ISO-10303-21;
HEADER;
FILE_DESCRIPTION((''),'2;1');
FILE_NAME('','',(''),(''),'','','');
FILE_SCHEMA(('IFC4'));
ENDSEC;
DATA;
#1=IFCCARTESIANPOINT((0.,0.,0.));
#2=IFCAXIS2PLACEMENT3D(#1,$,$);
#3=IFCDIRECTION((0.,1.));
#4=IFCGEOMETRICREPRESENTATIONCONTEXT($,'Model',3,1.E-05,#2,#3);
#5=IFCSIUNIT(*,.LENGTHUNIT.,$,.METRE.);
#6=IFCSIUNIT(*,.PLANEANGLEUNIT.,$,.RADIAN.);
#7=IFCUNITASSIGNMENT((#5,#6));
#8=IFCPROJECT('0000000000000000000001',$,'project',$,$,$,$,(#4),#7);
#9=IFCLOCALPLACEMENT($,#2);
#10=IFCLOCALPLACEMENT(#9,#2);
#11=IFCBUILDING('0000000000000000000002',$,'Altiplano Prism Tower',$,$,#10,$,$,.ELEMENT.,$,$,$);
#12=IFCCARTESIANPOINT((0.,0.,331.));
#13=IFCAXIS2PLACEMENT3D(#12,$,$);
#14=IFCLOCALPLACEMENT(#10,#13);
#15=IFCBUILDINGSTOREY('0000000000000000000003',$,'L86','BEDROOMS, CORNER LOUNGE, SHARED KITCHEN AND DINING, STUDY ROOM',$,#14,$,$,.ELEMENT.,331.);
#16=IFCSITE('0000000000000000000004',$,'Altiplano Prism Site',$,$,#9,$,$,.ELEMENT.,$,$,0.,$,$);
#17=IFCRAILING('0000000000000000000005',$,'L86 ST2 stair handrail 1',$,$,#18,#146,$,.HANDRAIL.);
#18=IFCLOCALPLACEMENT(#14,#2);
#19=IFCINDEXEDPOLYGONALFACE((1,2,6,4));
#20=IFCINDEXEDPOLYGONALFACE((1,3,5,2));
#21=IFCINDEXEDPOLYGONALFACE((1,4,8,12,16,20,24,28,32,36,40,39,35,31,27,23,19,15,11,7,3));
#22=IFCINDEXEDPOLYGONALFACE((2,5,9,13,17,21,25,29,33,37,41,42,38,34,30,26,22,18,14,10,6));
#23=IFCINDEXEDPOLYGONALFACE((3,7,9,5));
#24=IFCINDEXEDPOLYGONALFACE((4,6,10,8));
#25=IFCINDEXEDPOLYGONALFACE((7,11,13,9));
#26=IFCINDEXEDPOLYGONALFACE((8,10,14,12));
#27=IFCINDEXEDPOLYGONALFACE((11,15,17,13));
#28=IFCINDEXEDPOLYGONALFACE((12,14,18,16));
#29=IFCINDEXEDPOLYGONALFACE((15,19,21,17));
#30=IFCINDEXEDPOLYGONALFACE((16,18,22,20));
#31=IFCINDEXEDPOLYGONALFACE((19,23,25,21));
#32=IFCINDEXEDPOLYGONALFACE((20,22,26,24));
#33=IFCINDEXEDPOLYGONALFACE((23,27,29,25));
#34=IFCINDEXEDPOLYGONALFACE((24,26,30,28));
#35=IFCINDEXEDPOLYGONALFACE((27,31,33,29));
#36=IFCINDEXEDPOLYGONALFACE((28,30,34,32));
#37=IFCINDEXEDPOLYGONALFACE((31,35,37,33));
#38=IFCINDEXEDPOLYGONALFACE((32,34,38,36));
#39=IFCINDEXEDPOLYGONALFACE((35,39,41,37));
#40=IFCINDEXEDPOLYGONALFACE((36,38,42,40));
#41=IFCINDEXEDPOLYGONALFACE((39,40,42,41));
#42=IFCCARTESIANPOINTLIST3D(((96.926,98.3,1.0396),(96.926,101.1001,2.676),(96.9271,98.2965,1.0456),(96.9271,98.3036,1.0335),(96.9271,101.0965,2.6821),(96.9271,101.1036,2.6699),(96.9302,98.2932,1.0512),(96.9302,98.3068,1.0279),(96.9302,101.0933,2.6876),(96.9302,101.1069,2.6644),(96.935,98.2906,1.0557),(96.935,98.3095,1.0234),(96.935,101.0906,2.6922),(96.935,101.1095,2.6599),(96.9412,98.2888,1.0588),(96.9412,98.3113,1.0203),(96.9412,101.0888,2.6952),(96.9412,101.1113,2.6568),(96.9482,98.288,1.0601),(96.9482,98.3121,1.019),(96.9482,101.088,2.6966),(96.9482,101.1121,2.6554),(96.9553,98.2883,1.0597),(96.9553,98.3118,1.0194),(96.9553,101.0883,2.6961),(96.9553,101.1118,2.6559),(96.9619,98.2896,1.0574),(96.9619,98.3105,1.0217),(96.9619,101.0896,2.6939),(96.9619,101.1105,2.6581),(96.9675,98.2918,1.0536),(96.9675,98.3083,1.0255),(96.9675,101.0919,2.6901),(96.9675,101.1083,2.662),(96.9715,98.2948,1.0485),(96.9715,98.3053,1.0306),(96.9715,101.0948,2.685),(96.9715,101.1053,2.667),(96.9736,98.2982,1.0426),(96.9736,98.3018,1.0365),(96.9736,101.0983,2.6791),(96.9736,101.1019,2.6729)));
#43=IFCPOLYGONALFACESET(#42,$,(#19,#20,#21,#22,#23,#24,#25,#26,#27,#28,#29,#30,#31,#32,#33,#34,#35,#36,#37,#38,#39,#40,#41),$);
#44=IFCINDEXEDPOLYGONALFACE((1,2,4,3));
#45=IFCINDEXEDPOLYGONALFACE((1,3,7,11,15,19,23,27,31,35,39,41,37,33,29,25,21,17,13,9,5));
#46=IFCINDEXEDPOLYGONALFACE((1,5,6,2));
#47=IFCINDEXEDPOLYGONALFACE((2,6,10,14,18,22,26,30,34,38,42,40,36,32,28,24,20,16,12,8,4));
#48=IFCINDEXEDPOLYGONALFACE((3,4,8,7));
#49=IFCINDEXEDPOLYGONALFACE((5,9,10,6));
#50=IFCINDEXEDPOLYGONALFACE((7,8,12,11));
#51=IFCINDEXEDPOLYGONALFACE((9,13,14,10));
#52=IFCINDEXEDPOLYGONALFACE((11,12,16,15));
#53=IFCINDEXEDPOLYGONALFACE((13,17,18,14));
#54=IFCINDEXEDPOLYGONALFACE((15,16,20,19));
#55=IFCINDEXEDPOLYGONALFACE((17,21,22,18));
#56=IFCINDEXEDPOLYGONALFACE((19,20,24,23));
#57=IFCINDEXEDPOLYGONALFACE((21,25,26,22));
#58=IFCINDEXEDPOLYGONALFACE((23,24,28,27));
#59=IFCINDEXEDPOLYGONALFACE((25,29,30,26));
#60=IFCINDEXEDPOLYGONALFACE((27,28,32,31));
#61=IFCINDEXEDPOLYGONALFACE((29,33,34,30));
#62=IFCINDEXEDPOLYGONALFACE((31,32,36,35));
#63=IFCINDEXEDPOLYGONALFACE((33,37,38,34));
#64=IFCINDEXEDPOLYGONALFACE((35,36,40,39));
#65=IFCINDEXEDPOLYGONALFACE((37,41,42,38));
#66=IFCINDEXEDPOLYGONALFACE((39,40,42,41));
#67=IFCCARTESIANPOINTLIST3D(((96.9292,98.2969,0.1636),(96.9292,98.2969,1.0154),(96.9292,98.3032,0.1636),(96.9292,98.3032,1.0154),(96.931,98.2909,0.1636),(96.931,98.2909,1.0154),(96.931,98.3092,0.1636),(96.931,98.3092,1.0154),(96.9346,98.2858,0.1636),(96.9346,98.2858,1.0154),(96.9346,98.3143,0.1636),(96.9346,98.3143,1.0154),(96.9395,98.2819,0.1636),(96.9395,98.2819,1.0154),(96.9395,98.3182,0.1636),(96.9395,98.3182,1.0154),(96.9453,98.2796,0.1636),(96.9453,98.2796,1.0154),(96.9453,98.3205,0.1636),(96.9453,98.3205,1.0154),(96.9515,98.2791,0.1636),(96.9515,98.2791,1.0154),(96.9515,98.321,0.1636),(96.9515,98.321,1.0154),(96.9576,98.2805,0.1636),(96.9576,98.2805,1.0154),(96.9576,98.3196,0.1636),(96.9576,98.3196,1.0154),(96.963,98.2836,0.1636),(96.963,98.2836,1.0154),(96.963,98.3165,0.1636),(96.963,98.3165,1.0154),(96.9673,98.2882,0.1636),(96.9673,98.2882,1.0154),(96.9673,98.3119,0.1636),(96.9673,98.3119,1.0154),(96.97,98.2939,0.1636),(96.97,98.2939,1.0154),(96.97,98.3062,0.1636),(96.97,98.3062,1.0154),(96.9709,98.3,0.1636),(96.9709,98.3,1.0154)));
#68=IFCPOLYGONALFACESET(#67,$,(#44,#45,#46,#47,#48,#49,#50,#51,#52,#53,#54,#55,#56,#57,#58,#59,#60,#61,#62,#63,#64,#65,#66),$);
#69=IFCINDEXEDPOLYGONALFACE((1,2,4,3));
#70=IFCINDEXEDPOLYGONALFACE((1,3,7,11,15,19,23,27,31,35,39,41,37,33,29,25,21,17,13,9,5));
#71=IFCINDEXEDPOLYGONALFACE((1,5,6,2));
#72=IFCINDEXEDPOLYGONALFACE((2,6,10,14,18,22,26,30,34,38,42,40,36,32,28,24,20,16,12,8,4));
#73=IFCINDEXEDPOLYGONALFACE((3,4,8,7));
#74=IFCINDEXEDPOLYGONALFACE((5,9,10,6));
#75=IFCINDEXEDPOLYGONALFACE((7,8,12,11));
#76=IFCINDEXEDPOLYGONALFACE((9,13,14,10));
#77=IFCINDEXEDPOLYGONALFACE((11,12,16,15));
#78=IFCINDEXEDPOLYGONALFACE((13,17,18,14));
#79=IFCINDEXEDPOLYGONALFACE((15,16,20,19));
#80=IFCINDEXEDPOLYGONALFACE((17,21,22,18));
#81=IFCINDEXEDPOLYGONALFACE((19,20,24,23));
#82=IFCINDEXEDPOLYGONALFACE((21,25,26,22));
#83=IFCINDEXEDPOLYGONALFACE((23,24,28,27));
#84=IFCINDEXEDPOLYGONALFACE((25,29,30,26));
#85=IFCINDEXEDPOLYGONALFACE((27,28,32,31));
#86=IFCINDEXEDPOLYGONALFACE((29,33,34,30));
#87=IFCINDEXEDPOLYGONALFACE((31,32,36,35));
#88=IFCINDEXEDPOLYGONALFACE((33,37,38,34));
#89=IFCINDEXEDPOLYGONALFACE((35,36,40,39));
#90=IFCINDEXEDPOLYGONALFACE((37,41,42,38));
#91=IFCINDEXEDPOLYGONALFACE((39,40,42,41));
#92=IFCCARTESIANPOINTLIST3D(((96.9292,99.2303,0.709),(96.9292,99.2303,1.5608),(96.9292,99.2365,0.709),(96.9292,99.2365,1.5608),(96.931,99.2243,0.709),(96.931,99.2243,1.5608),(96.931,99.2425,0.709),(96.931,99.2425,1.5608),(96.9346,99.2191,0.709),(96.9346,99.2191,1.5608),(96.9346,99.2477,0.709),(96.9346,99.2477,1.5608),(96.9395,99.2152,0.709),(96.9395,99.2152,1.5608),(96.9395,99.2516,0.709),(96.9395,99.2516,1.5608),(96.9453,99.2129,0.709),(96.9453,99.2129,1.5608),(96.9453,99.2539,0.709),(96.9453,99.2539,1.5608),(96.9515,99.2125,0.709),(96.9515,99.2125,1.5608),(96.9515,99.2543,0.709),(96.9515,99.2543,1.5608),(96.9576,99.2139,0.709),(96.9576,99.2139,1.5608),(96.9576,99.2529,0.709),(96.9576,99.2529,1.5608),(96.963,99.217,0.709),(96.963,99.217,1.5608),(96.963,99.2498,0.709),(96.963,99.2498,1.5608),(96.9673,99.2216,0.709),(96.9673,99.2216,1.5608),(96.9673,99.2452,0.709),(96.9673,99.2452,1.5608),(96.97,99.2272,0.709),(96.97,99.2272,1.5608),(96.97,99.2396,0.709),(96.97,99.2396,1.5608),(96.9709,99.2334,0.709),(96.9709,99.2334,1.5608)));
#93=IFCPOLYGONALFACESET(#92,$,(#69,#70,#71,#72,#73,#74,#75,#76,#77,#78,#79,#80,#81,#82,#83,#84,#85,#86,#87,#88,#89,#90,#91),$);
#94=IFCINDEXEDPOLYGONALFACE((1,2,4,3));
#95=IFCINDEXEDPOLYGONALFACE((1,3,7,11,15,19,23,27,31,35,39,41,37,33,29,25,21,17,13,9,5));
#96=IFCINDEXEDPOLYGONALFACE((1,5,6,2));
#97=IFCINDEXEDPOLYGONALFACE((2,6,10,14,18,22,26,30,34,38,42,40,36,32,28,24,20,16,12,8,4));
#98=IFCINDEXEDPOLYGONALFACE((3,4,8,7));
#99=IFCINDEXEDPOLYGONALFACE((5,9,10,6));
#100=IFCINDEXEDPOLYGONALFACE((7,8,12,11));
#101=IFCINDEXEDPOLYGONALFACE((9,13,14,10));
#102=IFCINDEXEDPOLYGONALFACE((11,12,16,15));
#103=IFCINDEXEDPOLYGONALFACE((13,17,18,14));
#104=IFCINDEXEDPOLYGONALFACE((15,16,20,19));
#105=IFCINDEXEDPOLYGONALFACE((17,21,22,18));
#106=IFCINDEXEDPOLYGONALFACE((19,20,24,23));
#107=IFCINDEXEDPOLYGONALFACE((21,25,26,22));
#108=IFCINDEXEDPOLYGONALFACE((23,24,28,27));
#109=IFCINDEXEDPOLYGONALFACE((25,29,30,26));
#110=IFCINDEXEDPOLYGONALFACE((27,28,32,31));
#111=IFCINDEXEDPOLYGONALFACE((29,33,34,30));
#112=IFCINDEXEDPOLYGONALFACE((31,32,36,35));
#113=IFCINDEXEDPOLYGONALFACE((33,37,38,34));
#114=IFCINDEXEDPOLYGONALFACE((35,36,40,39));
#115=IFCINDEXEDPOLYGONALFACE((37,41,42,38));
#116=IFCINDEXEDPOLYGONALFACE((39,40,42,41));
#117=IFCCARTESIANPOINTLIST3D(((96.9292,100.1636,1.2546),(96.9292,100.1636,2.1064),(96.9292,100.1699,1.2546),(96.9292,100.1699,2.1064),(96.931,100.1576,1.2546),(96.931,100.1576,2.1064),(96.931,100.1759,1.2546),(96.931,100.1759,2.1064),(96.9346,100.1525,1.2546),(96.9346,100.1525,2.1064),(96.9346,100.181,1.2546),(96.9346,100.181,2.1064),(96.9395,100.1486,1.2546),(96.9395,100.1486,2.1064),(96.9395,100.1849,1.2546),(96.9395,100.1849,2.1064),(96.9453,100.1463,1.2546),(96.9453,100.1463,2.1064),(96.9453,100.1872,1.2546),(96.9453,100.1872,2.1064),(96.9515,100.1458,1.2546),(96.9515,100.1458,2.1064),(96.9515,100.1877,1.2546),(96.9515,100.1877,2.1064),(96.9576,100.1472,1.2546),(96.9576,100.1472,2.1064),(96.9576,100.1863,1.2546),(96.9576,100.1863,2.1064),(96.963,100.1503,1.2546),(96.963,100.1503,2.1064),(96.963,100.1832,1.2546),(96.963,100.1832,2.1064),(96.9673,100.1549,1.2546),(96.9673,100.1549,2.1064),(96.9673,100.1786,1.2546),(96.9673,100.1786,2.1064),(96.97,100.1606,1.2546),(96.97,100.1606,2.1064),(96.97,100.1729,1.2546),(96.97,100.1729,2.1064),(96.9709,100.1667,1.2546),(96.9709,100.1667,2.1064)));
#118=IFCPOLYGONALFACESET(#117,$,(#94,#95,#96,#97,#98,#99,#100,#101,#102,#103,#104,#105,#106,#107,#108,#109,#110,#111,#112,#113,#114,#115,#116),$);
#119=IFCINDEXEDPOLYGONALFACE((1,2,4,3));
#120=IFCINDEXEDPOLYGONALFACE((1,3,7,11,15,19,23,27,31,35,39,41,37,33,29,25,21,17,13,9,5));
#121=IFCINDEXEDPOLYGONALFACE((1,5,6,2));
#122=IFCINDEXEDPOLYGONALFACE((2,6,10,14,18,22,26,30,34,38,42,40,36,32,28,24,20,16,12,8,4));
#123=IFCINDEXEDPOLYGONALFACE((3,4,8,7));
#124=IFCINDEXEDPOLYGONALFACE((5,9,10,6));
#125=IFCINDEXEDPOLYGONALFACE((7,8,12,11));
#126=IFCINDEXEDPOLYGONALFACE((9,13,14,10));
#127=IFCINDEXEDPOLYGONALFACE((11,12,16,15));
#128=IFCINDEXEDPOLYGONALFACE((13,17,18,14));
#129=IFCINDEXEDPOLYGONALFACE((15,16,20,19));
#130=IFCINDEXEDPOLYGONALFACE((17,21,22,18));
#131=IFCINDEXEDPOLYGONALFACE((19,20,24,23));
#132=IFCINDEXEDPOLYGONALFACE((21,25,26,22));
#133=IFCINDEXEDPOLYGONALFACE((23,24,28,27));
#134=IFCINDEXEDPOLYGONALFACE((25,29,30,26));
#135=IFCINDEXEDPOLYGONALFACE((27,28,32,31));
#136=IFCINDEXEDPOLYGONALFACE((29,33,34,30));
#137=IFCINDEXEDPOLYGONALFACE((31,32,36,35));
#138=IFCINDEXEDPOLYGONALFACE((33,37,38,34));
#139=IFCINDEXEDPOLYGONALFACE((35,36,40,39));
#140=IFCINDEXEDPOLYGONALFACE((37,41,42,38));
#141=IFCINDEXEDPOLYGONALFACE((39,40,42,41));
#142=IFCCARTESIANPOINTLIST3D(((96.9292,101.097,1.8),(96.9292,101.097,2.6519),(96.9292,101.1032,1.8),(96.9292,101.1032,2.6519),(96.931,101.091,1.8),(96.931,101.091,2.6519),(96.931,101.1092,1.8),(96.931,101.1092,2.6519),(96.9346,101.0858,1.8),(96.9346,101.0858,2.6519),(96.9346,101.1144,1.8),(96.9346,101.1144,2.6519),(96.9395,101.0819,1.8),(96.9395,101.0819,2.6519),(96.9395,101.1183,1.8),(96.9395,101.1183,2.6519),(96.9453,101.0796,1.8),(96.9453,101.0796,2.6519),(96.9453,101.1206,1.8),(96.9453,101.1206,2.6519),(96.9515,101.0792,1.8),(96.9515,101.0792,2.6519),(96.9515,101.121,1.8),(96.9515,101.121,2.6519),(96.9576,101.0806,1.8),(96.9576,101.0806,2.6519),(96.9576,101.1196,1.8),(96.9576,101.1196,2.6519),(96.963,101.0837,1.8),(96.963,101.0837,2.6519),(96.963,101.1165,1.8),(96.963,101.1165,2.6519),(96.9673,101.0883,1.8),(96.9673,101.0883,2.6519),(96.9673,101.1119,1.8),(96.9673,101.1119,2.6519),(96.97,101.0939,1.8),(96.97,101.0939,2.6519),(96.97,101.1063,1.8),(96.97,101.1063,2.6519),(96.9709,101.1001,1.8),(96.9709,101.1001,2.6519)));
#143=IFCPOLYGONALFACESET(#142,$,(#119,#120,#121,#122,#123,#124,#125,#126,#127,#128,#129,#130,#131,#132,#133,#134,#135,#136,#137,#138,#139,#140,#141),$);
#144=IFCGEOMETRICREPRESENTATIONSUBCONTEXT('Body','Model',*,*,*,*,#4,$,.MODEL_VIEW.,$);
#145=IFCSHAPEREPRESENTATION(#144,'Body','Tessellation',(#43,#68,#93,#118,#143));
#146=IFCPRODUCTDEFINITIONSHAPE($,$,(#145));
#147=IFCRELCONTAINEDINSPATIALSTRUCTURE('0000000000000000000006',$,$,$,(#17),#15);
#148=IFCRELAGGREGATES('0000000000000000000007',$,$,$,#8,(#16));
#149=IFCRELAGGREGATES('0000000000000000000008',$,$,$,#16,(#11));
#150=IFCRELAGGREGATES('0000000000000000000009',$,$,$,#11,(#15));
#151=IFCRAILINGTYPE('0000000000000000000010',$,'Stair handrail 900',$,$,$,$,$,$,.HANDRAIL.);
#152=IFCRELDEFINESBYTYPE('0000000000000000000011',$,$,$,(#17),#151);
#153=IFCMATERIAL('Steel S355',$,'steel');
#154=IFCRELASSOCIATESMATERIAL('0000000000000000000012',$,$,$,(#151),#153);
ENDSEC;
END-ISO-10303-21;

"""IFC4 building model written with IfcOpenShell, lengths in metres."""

from ifc_helpers import new_model, si_unit, direction, frame, origin, origin_2d, place, context, subcontext, project, spatial, circle, extrude, material, type_object, element, save


model = new_model("IFC4")

# Units and contexts
model_context = context("Model", 3, precision=1e-05, world=origin(), true_north=direction((0.0, 1.0)))
body_context = subcontext(model_context, "Body", "Model", "MODEL_VIEW")
ifc_project = project(units=[si_unit("LENGTHUNIT", "METRE"), si_unit("PLANEANGLEUNIT", "RADIAN")], contexts=[model_context])

# Site, building, storey
site_placement = place(None, origin())
site = spatial("IfcSite", under=ifc_project, at=site_placement, Name="Altiplano Prism Site", CompositionType="ELEMENT", RefElevation=0.0)
building_placement = place(site_placement, origin())
building = spatial("IfcBuilding", under=site, at=building_placement, Name="Altiplano Prism Tower", CompositionType="ELEMENT")
storey_placement = place(building_placement, frame((0.0, 0.0, 331.0)))
storey = spatial("IfcBuildingStorey", under=building, at=storey_placement, Name="L86", Description="BEDROOMS, CORNER LOUNGE, SHARED KITCHEN AND DINING, STUDY ROOM", CompositionType="ELEMENT", Elevation=331.0)

# Shared definitions
ifc_material_1 = material(Name="Steel S355", Category="steel")

# Railing
railing_type_1 = type_object("IfcRailingType", Name="Stair handrail 900", PredefinedType="HANDRAIL", material=ifc_material_1)
railing_1_placement = place(storey_placement, frame((96.95, 98.3, 0.1636)))
element("IfcRailing", 1, at=railing_1_placement, inside=storey, type_object=railing_type_1, Name="L86 ST2 stair handrail 1", PredefinedType="HANDRAIL", context=body_context, shape_type="SweptSolid", body=[
    extrude(circle(Radius=0.0239, at=origin_2d()), frame((0.0, 0.0, 0.876), z_axis=(0.0, 0.863361, 0.504587), x_axis=(-1.0, 0.0, 0.0)), (0.0, 0.0, 1.0), 3.2432),
    extrude(circle(Radius=0.021, at=origin_2d()), origin(), (0.0, 0.0, 1.0), 0.8518),
    extrude(circle(Radius=0.021, at=origin_2d()), frame((0.0, 0.9333, 0.5454)), (0.0, 0.0, 1.0), 0.8518),
    extrude(circle(Radius=0.021, at=origin_2d()), frame((0.0, 1.8667, 1.0911)), (0.0, 0.0, 1.0), 0.8518),
    extrude(circle(Radius=0.021, at=origin_2d()), frame((0.0, 2.8, 1.6365)), (0.0, 0.0, 1.0), 0.8518),
])

save(model, "model.ifc")
